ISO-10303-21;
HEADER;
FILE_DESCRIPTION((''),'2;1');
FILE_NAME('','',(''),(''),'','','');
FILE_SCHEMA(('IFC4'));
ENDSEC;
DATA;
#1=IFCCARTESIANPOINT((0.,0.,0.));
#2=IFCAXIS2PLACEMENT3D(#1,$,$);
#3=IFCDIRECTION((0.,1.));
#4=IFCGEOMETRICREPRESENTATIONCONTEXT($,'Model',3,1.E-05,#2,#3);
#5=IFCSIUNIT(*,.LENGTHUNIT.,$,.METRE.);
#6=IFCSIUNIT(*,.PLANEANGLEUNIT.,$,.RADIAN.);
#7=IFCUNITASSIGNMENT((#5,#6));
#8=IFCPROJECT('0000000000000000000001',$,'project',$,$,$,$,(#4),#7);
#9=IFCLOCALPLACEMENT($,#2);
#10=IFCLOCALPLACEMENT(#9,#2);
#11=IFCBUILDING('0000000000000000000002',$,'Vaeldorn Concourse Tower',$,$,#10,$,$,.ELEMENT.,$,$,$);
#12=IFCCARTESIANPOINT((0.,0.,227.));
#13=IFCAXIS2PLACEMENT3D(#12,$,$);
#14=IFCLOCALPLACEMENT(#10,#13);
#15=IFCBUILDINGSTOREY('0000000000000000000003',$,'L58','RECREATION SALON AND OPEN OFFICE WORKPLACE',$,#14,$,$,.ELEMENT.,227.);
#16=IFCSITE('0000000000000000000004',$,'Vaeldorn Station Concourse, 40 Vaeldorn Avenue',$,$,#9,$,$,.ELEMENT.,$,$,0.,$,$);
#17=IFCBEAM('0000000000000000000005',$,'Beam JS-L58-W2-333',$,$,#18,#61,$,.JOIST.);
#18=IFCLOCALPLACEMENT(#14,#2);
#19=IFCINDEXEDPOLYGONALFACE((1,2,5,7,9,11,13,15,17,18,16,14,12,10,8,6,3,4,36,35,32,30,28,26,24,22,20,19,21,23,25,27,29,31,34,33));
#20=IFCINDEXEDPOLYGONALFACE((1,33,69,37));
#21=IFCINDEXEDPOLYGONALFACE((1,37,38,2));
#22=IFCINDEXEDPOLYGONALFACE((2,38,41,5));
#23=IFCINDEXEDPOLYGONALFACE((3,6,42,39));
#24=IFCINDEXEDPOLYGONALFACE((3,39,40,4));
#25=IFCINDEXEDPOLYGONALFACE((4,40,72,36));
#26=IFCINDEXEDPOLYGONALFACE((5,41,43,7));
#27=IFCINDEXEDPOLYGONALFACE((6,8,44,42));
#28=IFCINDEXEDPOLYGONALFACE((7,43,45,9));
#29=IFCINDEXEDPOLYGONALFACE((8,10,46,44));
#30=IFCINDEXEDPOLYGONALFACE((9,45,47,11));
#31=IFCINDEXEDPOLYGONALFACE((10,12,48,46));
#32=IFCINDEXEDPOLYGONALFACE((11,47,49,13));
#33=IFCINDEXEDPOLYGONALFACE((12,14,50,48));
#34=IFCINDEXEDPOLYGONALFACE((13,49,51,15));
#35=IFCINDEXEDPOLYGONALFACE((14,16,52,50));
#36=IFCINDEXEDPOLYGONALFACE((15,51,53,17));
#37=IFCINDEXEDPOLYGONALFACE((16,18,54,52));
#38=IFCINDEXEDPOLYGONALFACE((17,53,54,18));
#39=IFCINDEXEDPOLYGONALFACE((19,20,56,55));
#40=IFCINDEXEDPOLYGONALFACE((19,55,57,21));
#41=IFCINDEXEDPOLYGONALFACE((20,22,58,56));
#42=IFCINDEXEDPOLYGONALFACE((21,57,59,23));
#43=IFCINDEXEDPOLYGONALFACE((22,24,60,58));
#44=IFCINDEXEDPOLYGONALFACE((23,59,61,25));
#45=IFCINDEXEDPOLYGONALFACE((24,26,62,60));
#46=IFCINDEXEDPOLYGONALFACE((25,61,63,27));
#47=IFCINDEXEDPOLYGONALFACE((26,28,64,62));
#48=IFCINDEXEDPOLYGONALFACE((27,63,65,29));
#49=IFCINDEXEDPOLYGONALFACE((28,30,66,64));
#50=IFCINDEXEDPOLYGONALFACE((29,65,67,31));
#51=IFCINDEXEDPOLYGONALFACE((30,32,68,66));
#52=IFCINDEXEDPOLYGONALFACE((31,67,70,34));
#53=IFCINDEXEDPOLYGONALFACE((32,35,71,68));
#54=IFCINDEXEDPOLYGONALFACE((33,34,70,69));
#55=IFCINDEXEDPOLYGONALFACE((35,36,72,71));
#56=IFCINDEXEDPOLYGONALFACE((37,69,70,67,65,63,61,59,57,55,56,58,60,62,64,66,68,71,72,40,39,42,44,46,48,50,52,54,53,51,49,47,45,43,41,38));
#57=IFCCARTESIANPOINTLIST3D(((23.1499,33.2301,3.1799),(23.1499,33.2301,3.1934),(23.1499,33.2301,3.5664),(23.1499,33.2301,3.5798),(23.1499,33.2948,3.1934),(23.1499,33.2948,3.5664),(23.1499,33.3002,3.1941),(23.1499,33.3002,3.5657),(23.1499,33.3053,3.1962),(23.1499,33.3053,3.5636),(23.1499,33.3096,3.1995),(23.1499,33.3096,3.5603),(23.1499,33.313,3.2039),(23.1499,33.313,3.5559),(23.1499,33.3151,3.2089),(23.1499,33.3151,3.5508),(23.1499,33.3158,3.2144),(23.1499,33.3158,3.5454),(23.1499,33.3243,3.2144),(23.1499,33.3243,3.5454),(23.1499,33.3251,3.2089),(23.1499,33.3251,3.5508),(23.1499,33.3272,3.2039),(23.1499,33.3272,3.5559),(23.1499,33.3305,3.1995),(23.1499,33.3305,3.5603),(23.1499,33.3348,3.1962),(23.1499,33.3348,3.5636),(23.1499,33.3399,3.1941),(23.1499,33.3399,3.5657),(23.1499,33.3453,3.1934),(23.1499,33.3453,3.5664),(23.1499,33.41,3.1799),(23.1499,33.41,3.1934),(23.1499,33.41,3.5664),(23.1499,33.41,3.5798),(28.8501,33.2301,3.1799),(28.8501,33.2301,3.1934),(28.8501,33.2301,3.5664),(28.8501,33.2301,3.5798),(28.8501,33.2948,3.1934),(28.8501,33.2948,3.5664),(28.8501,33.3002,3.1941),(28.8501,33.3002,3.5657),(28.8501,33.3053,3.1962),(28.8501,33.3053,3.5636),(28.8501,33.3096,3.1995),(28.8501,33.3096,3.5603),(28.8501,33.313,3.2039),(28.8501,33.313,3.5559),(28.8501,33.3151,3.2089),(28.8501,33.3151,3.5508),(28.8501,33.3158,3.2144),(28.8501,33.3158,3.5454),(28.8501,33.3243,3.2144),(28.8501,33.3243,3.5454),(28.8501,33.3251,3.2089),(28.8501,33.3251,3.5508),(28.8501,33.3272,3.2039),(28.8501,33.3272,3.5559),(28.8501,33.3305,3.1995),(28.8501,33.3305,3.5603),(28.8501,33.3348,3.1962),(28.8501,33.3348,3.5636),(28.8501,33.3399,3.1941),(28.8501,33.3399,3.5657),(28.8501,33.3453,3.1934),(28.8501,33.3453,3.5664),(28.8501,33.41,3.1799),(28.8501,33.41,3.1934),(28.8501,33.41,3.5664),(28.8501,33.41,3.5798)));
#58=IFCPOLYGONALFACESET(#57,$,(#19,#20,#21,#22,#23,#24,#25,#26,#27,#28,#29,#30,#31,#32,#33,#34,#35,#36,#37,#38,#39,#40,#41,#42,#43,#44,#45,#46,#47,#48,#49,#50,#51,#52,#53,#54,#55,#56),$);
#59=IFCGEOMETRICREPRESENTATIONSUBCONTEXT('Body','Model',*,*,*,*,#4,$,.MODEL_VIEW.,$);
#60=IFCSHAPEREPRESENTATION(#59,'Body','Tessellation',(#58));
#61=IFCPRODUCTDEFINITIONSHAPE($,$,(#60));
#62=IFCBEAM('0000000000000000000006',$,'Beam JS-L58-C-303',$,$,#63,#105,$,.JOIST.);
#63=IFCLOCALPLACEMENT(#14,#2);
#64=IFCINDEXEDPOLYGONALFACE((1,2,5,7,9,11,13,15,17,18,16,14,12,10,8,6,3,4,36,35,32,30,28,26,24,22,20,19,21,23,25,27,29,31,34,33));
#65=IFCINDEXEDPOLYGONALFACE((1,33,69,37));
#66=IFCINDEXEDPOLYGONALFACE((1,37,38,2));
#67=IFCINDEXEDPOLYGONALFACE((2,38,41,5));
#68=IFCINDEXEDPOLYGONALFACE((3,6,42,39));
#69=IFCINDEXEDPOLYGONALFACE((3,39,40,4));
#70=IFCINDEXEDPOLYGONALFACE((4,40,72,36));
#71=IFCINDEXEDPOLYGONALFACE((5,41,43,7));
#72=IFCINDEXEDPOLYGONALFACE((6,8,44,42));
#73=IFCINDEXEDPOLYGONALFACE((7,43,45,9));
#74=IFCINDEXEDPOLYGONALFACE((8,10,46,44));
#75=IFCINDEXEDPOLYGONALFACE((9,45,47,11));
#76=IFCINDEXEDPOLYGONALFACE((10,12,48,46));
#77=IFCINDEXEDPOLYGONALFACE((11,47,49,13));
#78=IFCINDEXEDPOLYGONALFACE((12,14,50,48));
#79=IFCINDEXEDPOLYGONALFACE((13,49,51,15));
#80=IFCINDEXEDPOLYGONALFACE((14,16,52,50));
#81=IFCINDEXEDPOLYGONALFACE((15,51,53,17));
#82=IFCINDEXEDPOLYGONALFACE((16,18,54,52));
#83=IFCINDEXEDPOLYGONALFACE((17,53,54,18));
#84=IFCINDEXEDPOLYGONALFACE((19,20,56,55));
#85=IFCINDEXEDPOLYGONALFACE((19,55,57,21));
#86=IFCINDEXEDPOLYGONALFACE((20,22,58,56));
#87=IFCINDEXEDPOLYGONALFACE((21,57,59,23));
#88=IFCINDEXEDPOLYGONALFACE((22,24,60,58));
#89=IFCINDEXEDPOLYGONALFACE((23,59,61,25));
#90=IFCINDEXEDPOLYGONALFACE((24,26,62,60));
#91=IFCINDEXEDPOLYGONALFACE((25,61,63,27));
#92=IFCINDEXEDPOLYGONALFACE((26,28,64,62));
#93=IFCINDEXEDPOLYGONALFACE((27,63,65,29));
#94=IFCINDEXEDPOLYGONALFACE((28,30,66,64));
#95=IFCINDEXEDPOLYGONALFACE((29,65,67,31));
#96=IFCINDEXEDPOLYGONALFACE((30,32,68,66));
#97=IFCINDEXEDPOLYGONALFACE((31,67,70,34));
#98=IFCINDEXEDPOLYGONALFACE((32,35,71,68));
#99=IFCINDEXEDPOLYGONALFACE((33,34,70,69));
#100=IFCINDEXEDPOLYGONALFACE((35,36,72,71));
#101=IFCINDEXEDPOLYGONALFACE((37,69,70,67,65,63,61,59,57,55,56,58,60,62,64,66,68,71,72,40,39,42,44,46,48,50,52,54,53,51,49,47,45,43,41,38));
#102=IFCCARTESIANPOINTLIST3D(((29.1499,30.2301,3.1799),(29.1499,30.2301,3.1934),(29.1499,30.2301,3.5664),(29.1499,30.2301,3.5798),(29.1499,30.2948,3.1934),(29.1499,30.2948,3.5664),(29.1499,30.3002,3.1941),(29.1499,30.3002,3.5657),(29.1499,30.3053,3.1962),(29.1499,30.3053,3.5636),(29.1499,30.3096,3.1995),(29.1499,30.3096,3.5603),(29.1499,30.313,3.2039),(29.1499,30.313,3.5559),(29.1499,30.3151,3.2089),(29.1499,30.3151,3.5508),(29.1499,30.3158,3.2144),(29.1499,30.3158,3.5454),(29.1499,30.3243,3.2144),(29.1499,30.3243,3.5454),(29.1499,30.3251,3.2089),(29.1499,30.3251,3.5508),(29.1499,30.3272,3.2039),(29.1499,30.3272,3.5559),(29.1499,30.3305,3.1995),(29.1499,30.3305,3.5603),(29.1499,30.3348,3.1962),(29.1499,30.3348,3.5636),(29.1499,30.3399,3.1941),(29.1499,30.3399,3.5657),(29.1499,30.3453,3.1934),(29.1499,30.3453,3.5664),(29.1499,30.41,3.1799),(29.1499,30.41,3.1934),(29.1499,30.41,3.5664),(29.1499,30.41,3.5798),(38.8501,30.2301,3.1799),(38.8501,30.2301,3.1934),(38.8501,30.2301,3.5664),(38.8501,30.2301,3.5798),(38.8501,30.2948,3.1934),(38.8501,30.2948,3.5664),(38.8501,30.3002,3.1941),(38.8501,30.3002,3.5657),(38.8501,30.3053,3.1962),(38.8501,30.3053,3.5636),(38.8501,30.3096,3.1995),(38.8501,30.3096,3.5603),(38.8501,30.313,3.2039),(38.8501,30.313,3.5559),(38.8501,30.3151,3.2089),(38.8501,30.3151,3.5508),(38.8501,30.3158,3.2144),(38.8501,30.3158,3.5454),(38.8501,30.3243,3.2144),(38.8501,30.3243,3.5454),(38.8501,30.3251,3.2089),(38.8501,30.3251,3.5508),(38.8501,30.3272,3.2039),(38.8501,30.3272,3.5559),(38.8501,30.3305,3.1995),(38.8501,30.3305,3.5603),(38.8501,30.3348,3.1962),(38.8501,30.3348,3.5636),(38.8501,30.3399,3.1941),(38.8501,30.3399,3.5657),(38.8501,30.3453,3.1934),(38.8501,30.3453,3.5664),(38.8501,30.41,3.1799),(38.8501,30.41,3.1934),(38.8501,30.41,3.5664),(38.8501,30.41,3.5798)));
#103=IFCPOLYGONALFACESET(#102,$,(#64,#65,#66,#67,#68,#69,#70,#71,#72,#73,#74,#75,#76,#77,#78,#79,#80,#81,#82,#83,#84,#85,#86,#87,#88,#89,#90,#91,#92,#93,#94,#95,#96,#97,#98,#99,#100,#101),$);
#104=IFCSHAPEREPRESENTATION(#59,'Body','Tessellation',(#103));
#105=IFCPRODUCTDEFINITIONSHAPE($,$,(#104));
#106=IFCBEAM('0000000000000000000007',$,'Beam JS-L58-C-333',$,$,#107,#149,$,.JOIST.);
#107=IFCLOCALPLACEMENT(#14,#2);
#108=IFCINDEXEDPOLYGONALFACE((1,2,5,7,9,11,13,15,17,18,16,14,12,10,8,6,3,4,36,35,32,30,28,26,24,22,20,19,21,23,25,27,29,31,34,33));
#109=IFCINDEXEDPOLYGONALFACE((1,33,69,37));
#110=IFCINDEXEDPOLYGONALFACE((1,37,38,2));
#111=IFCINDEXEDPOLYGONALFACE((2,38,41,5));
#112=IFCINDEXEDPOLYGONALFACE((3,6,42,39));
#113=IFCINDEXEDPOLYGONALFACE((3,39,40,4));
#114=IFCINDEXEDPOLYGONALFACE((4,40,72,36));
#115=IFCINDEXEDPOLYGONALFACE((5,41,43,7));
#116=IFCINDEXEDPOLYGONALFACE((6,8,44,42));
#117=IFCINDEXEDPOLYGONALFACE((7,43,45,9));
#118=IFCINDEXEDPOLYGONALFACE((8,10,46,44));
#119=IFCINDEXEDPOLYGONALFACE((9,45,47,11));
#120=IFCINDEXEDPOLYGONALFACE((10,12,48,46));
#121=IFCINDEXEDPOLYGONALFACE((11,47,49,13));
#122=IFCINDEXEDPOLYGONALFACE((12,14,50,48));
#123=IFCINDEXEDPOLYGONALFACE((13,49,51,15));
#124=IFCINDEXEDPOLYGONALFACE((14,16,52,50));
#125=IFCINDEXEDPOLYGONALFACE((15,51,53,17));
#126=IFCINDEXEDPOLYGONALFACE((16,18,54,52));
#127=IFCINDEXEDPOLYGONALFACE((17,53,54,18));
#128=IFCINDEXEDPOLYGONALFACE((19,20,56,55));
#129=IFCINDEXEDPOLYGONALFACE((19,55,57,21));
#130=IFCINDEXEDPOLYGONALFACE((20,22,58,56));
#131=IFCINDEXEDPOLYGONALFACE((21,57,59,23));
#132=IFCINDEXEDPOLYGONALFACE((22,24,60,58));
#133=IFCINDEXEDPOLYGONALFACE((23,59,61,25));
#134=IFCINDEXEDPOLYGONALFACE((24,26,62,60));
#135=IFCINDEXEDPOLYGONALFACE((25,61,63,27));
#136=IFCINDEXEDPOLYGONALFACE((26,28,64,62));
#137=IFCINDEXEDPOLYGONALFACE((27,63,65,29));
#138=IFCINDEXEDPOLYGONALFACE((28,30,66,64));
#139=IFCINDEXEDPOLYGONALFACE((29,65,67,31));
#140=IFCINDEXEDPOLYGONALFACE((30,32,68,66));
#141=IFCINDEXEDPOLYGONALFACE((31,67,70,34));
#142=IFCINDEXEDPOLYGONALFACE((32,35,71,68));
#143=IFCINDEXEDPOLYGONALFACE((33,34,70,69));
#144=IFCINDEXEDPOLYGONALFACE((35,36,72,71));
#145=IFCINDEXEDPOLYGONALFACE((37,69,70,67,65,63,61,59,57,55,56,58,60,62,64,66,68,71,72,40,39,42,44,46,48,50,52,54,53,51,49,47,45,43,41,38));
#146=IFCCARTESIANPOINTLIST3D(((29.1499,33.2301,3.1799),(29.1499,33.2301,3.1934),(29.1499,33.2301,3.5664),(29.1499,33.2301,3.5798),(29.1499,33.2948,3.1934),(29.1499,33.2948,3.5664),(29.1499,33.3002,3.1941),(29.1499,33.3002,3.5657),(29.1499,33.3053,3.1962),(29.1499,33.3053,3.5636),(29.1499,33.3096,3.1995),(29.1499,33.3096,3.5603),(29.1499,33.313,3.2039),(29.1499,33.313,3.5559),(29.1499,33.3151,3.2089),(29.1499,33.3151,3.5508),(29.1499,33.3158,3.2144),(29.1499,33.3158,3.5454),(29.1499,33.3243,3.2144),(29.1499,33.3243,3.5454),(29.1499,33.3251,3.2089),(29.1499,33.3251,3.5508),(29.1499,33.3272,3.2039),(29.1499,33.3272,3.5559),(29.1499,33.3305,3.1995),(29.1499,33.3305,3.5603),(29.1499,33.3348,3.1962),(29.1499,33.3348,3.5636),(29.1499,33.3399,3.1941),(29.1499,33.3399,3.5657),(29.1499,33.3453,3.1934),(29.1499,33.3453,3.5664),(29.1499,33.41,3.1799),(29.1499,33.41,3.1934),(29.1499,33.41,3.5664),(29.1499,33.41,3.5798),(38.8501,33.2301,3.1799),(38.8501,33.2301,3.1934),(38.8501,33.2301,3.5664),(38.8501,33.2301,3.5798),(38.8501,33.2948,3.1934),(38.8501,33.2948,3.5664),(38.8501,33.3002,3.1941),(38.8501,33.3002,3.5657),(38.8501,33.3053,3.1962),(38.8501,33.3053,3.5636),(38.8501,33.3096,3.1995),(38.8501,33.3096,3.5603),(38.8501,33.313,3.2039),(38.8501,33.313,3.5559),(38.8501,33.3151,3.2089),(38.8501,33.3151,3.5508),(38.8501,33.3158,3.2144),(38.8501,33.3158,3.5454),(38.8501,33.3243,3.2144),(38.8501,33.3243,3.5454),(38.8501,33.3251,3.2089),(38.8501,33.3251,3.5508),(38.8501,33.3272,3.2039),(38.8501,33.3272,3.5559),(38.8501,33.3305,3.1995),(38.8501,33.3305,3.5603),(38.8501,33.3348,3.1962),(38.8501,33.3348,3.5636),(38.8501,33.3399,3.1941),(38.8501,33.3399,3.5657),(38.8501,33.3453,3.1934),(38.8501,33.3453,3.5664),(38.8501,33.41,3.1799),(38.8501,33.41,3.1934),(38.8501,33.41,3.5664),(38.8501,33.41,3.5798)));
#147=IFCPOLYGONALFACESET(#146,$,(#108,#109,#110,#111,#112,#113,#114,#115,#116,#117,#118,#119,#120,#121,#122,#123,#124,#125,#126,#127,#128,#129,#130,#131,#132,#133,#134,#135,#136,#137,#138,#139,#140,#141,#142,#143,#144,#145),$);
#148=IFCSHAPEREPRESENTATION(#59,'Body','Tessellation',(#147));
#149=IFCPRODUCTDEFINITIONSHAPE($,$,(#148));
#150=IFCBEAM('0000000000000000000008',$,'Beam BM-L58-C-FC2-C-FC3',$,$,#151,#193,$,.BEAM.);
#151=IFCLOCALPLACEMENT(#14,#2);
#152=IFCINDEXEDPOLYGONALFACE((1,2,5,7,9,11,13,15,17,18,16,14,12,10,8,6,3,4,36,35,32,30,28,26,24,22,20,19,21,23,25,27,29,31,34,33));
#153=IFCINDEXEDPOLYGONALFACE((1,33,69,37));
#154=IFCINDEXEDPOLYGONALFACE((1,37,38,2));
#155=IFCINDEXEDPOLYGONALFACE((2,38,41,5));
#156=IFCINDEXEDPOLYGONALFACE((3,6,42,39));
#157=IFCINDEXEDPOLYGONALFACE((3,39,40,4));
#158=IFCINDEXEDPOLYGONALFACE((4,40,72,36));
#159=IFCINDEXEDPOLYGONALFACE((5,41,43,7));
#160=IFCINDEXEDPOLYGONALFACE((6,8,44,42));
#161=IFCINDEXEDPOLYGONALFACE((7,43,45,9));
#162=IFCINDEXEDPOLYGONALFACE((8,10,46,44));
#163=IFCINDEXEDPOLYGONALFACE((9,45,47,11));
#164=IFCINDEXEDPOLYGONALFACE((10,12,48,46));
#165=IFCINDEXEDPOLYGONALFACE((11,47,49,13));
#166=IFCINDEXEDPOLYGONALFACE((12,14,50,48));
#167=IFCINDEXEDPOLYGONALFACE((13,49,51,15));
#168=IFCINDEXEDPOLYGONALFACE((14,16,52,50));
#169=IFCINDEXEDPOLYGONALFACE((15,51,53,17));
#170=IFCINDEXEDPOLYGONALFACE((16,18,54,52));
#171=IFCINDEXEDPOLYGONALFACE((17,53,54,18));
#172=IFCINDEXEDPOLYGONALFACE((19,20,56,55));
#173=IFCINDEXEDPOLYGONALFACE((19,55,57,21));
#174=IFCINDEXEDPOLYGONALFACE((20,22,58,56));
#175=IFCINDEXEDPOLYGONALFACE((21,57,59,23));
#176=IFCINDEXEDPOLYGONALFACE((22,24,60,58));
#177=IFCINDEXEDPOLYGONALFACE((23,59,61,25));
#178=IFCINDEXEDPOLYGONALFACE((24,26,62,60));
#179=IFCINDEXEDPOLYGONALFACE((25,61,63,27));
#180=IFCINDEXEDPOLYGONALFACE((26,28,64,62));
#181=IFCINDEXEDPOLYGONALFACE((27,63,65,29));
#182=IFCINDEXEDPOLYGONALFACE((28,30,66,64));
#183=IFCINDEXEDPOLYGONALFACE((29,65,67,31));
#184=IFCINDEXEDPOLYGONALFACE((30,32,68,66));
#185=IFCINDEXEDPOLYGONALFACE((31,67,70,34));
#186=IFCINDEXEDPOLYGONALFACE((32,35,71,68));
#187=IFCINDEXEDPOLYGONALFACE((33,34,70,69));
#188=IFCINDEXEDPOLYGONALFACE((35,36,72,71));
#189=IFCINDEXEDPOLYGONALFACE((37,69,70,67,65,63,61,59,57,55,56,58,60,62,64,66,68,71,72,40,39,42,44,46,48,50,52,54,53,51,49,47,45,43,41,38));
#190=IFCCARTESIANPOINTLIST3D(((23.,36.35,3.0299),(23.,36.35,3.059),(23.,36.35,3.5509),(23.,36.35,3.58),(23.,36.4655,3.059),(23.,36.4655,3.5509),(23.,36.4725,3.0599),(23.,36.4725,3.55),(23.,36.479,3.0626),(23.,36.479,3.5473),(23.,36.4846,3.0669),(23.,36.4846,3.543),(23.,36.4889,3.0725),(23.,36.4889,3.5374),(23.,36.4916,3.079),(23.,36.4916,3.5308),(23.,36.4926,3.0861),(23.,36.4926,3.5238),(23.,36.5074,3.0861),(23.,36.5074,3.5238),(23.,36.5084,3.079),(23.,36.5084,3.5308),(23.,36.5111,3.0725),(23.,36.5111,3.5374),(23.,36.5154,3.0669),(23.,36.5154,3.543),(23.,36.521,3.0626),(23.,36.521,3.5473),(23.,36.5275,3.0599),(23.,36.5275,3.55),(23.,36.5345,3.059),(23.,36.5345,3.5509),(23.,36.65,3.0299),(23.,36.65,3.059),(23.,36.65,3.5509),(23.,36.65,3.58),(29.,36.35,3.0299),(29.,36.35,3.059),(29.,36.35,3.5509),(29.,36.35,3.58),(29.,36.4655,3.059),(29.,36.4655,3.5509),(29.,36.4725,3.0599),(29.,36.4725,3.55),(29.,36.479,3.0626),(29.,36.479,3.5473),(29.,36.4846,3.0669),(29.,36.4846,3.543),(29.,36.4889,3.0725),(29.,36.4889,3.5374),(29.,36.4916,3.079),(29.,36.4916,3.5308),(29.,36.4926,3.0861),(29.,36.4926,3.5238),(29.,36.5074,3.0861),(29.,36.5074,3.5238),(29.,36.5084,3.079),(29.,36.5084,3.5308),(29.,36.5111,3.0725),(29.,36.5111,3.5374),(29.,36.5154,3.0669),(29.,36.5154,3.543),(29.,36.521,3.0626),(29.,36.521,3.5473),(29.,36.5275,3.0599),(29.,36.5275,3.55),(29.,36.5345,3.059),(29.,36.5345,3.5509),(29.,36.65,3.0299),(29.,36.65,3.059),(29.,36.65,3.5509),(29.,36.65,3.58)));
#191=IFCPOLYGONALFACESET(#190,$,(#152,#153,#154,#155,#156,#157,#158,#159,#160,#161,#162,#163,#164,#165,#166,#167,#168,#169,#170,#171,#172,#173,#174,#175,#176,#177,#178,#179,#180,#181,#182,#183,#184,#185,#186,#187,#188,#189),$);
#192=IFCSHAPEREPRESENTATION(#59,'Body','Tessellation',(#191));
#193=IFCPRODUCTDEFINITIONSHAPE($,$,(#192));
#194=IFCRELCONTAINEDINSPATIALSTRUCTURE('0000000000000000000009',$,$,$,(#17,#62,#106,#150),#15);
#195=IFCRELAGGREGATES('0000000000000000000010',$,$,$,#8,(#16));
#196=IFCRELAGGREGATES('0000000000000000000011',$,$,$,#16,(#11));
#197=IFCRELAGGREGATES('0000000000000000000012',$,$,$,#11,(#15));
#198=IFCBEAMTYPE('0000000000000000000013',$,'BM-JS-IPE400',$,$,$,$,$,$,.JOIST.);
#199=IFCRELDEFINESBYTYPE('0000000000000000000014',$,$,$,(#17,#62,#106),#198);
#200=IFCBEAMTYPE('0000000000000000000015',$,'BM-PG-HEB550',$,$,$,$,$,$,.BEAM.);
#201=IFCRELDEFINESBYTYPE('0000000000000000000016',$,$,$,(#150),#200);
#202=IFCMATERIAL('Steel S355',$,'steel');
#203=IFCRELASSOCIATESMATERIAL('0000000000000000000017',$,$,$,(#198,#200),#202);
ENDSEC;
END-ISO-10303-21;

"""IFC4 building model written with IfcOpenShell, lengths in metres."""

from ifc_helpers import new_model, si_unit, direction, frame, origin, origin_2d, place, context, subcontext, project, spatial, i_section, extrude, source, transform, mapped, material, material_profile, profile_set, type_object, element, save


model = new_model("IFC4")

# Units and contexts
model_context = context("Model", 3, precision=1e-05, world=origin(), true_north=direction((0.0, 1.0)))
body_context = subcontext(model_context, "Body", "Model", "MODEL_VIEW")
ifc_project = project(units=[si_unit("LENGTHUNIT", "METRE"), si_unit("PLANEANGLEUNIT", "RADIAN")], contexts=[model_context])

# Site, building, storey
site_placement = place(None, origin())
site = spatial("IfcSite", under=ifc_project, at=site_placement, Name="Vaeldorn Station Concourse, 40 Vaeldorn Avenue", CompositionType="ELEMENT", RefElevation=0.0)
building_placement = place(site_placement, origin())
building = spatial("IfcBuilding", under=site, at=building_placement, Name="Vaeldorn Concourse Tower", CompositionType="ELEMENT")
storey_placement = place(building_placement, frame((0.0, 0.0, 227.0)))
storey = spatial("IfcBuildingStorey", under=building, at=storey_placement, Name="L58", Description="RECREATION SALON AND OPEN OFFICE WORKPLACE", CompositionType="ELEMENT", Elevation=227.0)

# Shared definitions
ifc_material_1 = material(Name="Steel S355", Category="steel")

# Beams
ifc_material_profile_1 = material_profile(ifc_material_1, i_section(OverallWidth=0.1799, OverallDepth=0.3999, WebThickness=0.0085, FlangeThickness=0.0134, FilletRadius=0.021, at=origin_2d()), Name="IPE 400")
ifc_profile_set_1 = profile_set([ifc_material_profile_1], Name="Steel S355")
beam_type_1 = type_object("IfcBeamType", Name="BM-JS-IPE400", PredefinedType="JOIST", material=ifc_profile_set_1)
shared_shape_1 = source(origin(), body_context, "Body", "SweptSolid", [
    extrude(i_section(OverallWidth=0.1799, OverallDepth=0.3999, WebThickness=0.0085, FlangeThickness=0.0134, FilletRadius=0.021, at=origin_2d()), origin(), (0.0, 0.0, 1.0), 5.7002),
])
for number, where, z_axis, x_axis, name in (
    (1, (23.1499, 33.3201, 3.3799), (1.0, 0.0, 0.0), (0.0, 1.0, 0.0), "Beam JS-L58-W2-333"),
):
    element("IfcBeam", number, at=place(storey_placement, frame(where, z_axis=z_axis, x_axis=x_axis)), inside=storey, type_object=beam_type_1, Name=name, PredefinedType="JOIST", context=body_context, shape_type="MappedRepresentation", body=[
        mapped(shared_shape_1, transform((0.0, 0.0, 0.0), scale=1.0)),
    ])
shared_shape_2 = source(origin(), body_context, "Body", "SweptSolid", [
    extrude(i_section(OverallWidth=0.1799, OverallDepth=0.3999, WebThickness=0.0085, FlangeThickness=0.0134, FilletRadius=0.021, at=origin_2d()), origin(), (0.0, 0.0, 1.0), 9.7002),
])
for number, where, z_axis, x_axis, name in (
    (2, (29.1499, 30.3201, 3.3799), (1.0, 0.0, 0.0), (0.0, 1.0, 0.0), "Beam JS-L58-C-303"),
    (3, (29.1499, 33.3201, 3.3799), (1.0, 0.0, 0.0), (0.0, 1.0, 0.0), "Beam JS-L58-C-333"),
):
    element("IfcBeam", number, at=place(storey_placement, frame(where, z_axis=z_axis, x_axis=x_axis)), inside=storey, type_object=beam_type_1, Name=name, PredefinedType="JOIST", context=body_context, shape_type="MappedRepresentation", body=[
        mapped(shared_shape_2, transform((0.0, 0.0, 0.0), scale=1.0)),
    ])
ifc_material_profile_2 = material_profile(ifc_material_1, i_section(OverallWidth=0.3, OverallDepth=0.55, WebThickness=0.0149, FlangeThickness=0.0291, FilletRadius=0.0271, at=origin_2d()), Name="HEB 550")
ifc_profile_set_2 = profile_set([ifc_material_profile_2], Name="Steel S355")
beam_type_2 = type_object("IfcBeamType", Name="BM-PG-HEB550", PredefinedType="BEAM", material=ifc_profile_set_2)
shared_shape_3 = source(origin(), body_context, "Body", "SweptSolid", [
    extrude(i_section(OverallWidth=0.3, OverallDepth=0.55, WebThickness=0.0149, FlangeThickness=0.0291, FilletRadius=0.0271, at=origin_2d()), origin(), (0.0, 0.0, 1.0), 6.0),
])
beam_1_placement = place(storey_placement, frame((23.0, 36.5, 3.3049), z_axis=(1.0, 0.0, 0.0), x_axis=(0.0, 1.0, 0.0)))
element("IfcBeam", 4, at=beam_1_placement, inside=storey, type_object=beam_type_2, Name="Beam BM-L58-C-FC2-C-FC3", PredefinedType="BEAM", context=body_context, shape_type="MappedRepresentation", body=[
    mapped(shared_shape_3, transform((0.0, 0.0, 0.0), scale=1.0)),
])

save(model, "model.ifc")
